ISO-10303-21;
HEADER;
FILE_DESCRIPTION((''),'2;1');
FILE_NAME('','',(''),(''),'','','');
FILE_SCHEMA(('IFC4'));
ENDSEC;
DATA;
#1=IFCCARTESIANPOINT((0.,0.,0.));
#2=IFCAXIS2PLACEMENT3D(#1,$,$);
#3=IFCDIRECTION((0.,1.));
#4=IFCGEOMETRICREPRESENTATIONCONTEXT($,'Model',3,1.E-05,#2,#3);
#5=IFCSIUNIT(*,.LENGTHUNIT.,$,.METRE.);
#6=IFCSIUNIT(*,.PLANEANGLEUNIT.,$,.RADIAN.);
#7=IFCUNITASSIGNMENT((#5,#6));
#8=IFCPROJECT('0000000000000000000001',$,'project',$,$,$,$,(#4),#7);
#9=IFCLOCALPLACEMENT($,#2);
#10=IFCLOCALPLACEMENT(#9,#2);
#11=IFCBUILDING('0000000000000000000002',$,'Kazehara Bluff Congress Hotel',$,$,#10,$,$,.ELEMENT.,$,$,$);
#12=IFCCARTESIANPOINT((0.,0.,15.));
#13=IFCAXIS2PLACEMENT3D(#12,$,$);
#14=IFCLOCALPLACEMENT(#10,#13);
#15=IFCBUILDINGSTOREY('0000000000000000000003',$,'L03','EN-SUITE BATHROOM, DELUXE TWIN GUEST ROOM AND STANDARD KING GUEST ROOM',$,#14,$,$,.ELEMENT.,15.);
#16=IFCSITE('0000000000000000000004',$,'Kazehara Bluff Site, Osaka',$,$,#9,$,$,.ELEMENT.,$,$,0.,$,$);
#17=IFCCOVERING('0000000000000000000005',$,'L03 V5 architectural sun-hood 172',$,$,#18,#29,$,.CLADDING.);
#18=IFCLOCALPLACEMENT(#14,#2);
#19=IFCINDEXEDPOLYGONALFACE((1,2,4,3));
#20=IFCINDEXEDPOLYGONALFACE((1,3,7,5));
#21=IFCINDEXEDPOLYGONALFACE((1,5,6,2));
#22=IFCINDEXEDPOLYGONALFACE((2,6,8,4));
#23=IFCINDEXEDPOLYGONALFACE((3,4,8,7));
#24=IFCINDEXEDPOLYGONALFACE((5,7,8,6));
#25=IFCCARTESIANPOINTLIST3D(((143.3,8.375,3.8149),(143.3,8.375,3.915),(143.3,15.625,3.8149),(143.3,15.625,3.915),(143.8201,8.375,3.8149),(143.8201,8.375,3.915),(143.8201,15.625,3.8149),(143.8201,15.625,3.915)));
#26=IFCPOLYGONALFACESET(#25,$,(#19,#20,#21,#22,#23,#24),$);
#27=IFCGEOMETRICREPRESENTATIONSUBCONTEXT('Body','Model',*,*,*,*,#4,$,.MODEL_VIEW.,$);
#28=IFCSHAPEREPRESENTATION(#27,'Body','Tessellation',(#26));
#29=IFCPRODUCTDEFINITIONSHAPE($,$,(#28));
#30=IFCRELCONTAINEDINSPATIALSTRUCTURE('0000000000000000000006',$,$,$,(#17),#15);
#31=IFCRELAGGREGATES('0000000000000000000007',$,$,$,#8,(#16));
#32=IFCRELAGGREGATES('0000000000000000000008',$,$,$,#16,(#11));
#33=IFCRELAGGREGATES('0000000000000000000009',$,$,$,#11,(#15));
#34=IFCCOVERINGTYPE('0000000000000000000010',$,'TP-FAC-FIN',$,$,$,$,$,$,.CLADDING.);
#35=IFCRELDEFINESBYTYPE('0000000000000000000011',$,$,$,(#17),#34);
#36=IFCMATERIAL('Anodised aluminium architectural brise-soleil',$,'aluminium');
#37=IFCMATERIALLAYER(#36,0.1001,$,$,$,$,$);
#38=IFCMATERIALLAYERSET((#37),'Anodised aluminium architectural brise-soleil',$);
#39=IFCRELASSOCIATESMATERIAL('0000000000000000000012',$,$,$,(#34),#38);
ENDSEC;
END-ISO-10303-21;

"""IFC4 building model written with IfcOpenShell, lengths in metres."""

from ifc_helpers import new_model, si_unit, direction, frame, origin, origin_2d, place, context, subcontext, project, spatial, rectangle, extrude, material, layer, layer_set, type_object, element, save


model = new_model("IFC4")

# Units and contexts
model_context = context("Model", 3, precision=1e-05, world=origin(), true_north=direction((0.0, 1.0)))
body_context = subcontext(model_context, "Body", "Model", "MODEL_VIEW")
ifc_project = project(units=[si_unit("LENGTHUNIT", "METRE"), si_unit("PLANEANGLEUNIT", "RADIAN")], contexts=[model_context])

# Site, building, storey
site_placement = place(None, origin())
site = spatial("IfcSite", under=ifc_project, at=site_placement, Name="Kazehara Bluff Site, Osaka", CompositionType="ELEMENT", RefElevation=0.0)
building_placement = place(site_placement, origin())
building = spatial("IfcBuilding", under=site, at=building_placement, Name="Kazehara Bluff Congress Hotel", CompositionType="ELEMENT")
storey_placement = place(building_placement, frame((0.0, 0.0, 15.0)))
storey = spatial("IfcBuildingStorey", under=building, at=storey_placement, Name="L03", Description="EN-SUITE BATHROOM, DELUXE TWIN GUEST ROOM AND STANDARD KING GUEST ROOM", CompositionType="ELEMENT", Elevation=15.0)

# Covering
ifc_material_1 = material(Name="Anodised aluminium architectural brise-soleil", Category="aluminium")
ifc_layer_1 = layer(ifc_material_1, 0.1001)
ifc_layer_set_1 = layer_set([ifc_layer_1], Name="Anodised aluminium architectural brise-soleil")
covering_type = type_object("IfcCoveringType", Name="TP-FAC-FIN", PredefinedType="CLADDING", material=ifc_layer_set_1)
covering_1_placement = place(storey_placement, frame((143.5601, 12.0, 3.8149), z_axis=(0.0, 0.0, 1.0), x_axis=(1.0, 0.0, 0.0)))
element("IfcCovering", 1, at=covering_1_placement, inside=storey, type_object=covering_type, Name="L03 V5 architectural sun-hood 172", PredefinedType="CLADDING", context=body_context, shape_type="SweptSolid", body=[
    extrude(rectangle(XDim=0.52, YDim=7.25, at=origin_2d()), origin(), (0.0, 0.0, 1.0), 0.1001),
])

save(model, "model.ifc")
